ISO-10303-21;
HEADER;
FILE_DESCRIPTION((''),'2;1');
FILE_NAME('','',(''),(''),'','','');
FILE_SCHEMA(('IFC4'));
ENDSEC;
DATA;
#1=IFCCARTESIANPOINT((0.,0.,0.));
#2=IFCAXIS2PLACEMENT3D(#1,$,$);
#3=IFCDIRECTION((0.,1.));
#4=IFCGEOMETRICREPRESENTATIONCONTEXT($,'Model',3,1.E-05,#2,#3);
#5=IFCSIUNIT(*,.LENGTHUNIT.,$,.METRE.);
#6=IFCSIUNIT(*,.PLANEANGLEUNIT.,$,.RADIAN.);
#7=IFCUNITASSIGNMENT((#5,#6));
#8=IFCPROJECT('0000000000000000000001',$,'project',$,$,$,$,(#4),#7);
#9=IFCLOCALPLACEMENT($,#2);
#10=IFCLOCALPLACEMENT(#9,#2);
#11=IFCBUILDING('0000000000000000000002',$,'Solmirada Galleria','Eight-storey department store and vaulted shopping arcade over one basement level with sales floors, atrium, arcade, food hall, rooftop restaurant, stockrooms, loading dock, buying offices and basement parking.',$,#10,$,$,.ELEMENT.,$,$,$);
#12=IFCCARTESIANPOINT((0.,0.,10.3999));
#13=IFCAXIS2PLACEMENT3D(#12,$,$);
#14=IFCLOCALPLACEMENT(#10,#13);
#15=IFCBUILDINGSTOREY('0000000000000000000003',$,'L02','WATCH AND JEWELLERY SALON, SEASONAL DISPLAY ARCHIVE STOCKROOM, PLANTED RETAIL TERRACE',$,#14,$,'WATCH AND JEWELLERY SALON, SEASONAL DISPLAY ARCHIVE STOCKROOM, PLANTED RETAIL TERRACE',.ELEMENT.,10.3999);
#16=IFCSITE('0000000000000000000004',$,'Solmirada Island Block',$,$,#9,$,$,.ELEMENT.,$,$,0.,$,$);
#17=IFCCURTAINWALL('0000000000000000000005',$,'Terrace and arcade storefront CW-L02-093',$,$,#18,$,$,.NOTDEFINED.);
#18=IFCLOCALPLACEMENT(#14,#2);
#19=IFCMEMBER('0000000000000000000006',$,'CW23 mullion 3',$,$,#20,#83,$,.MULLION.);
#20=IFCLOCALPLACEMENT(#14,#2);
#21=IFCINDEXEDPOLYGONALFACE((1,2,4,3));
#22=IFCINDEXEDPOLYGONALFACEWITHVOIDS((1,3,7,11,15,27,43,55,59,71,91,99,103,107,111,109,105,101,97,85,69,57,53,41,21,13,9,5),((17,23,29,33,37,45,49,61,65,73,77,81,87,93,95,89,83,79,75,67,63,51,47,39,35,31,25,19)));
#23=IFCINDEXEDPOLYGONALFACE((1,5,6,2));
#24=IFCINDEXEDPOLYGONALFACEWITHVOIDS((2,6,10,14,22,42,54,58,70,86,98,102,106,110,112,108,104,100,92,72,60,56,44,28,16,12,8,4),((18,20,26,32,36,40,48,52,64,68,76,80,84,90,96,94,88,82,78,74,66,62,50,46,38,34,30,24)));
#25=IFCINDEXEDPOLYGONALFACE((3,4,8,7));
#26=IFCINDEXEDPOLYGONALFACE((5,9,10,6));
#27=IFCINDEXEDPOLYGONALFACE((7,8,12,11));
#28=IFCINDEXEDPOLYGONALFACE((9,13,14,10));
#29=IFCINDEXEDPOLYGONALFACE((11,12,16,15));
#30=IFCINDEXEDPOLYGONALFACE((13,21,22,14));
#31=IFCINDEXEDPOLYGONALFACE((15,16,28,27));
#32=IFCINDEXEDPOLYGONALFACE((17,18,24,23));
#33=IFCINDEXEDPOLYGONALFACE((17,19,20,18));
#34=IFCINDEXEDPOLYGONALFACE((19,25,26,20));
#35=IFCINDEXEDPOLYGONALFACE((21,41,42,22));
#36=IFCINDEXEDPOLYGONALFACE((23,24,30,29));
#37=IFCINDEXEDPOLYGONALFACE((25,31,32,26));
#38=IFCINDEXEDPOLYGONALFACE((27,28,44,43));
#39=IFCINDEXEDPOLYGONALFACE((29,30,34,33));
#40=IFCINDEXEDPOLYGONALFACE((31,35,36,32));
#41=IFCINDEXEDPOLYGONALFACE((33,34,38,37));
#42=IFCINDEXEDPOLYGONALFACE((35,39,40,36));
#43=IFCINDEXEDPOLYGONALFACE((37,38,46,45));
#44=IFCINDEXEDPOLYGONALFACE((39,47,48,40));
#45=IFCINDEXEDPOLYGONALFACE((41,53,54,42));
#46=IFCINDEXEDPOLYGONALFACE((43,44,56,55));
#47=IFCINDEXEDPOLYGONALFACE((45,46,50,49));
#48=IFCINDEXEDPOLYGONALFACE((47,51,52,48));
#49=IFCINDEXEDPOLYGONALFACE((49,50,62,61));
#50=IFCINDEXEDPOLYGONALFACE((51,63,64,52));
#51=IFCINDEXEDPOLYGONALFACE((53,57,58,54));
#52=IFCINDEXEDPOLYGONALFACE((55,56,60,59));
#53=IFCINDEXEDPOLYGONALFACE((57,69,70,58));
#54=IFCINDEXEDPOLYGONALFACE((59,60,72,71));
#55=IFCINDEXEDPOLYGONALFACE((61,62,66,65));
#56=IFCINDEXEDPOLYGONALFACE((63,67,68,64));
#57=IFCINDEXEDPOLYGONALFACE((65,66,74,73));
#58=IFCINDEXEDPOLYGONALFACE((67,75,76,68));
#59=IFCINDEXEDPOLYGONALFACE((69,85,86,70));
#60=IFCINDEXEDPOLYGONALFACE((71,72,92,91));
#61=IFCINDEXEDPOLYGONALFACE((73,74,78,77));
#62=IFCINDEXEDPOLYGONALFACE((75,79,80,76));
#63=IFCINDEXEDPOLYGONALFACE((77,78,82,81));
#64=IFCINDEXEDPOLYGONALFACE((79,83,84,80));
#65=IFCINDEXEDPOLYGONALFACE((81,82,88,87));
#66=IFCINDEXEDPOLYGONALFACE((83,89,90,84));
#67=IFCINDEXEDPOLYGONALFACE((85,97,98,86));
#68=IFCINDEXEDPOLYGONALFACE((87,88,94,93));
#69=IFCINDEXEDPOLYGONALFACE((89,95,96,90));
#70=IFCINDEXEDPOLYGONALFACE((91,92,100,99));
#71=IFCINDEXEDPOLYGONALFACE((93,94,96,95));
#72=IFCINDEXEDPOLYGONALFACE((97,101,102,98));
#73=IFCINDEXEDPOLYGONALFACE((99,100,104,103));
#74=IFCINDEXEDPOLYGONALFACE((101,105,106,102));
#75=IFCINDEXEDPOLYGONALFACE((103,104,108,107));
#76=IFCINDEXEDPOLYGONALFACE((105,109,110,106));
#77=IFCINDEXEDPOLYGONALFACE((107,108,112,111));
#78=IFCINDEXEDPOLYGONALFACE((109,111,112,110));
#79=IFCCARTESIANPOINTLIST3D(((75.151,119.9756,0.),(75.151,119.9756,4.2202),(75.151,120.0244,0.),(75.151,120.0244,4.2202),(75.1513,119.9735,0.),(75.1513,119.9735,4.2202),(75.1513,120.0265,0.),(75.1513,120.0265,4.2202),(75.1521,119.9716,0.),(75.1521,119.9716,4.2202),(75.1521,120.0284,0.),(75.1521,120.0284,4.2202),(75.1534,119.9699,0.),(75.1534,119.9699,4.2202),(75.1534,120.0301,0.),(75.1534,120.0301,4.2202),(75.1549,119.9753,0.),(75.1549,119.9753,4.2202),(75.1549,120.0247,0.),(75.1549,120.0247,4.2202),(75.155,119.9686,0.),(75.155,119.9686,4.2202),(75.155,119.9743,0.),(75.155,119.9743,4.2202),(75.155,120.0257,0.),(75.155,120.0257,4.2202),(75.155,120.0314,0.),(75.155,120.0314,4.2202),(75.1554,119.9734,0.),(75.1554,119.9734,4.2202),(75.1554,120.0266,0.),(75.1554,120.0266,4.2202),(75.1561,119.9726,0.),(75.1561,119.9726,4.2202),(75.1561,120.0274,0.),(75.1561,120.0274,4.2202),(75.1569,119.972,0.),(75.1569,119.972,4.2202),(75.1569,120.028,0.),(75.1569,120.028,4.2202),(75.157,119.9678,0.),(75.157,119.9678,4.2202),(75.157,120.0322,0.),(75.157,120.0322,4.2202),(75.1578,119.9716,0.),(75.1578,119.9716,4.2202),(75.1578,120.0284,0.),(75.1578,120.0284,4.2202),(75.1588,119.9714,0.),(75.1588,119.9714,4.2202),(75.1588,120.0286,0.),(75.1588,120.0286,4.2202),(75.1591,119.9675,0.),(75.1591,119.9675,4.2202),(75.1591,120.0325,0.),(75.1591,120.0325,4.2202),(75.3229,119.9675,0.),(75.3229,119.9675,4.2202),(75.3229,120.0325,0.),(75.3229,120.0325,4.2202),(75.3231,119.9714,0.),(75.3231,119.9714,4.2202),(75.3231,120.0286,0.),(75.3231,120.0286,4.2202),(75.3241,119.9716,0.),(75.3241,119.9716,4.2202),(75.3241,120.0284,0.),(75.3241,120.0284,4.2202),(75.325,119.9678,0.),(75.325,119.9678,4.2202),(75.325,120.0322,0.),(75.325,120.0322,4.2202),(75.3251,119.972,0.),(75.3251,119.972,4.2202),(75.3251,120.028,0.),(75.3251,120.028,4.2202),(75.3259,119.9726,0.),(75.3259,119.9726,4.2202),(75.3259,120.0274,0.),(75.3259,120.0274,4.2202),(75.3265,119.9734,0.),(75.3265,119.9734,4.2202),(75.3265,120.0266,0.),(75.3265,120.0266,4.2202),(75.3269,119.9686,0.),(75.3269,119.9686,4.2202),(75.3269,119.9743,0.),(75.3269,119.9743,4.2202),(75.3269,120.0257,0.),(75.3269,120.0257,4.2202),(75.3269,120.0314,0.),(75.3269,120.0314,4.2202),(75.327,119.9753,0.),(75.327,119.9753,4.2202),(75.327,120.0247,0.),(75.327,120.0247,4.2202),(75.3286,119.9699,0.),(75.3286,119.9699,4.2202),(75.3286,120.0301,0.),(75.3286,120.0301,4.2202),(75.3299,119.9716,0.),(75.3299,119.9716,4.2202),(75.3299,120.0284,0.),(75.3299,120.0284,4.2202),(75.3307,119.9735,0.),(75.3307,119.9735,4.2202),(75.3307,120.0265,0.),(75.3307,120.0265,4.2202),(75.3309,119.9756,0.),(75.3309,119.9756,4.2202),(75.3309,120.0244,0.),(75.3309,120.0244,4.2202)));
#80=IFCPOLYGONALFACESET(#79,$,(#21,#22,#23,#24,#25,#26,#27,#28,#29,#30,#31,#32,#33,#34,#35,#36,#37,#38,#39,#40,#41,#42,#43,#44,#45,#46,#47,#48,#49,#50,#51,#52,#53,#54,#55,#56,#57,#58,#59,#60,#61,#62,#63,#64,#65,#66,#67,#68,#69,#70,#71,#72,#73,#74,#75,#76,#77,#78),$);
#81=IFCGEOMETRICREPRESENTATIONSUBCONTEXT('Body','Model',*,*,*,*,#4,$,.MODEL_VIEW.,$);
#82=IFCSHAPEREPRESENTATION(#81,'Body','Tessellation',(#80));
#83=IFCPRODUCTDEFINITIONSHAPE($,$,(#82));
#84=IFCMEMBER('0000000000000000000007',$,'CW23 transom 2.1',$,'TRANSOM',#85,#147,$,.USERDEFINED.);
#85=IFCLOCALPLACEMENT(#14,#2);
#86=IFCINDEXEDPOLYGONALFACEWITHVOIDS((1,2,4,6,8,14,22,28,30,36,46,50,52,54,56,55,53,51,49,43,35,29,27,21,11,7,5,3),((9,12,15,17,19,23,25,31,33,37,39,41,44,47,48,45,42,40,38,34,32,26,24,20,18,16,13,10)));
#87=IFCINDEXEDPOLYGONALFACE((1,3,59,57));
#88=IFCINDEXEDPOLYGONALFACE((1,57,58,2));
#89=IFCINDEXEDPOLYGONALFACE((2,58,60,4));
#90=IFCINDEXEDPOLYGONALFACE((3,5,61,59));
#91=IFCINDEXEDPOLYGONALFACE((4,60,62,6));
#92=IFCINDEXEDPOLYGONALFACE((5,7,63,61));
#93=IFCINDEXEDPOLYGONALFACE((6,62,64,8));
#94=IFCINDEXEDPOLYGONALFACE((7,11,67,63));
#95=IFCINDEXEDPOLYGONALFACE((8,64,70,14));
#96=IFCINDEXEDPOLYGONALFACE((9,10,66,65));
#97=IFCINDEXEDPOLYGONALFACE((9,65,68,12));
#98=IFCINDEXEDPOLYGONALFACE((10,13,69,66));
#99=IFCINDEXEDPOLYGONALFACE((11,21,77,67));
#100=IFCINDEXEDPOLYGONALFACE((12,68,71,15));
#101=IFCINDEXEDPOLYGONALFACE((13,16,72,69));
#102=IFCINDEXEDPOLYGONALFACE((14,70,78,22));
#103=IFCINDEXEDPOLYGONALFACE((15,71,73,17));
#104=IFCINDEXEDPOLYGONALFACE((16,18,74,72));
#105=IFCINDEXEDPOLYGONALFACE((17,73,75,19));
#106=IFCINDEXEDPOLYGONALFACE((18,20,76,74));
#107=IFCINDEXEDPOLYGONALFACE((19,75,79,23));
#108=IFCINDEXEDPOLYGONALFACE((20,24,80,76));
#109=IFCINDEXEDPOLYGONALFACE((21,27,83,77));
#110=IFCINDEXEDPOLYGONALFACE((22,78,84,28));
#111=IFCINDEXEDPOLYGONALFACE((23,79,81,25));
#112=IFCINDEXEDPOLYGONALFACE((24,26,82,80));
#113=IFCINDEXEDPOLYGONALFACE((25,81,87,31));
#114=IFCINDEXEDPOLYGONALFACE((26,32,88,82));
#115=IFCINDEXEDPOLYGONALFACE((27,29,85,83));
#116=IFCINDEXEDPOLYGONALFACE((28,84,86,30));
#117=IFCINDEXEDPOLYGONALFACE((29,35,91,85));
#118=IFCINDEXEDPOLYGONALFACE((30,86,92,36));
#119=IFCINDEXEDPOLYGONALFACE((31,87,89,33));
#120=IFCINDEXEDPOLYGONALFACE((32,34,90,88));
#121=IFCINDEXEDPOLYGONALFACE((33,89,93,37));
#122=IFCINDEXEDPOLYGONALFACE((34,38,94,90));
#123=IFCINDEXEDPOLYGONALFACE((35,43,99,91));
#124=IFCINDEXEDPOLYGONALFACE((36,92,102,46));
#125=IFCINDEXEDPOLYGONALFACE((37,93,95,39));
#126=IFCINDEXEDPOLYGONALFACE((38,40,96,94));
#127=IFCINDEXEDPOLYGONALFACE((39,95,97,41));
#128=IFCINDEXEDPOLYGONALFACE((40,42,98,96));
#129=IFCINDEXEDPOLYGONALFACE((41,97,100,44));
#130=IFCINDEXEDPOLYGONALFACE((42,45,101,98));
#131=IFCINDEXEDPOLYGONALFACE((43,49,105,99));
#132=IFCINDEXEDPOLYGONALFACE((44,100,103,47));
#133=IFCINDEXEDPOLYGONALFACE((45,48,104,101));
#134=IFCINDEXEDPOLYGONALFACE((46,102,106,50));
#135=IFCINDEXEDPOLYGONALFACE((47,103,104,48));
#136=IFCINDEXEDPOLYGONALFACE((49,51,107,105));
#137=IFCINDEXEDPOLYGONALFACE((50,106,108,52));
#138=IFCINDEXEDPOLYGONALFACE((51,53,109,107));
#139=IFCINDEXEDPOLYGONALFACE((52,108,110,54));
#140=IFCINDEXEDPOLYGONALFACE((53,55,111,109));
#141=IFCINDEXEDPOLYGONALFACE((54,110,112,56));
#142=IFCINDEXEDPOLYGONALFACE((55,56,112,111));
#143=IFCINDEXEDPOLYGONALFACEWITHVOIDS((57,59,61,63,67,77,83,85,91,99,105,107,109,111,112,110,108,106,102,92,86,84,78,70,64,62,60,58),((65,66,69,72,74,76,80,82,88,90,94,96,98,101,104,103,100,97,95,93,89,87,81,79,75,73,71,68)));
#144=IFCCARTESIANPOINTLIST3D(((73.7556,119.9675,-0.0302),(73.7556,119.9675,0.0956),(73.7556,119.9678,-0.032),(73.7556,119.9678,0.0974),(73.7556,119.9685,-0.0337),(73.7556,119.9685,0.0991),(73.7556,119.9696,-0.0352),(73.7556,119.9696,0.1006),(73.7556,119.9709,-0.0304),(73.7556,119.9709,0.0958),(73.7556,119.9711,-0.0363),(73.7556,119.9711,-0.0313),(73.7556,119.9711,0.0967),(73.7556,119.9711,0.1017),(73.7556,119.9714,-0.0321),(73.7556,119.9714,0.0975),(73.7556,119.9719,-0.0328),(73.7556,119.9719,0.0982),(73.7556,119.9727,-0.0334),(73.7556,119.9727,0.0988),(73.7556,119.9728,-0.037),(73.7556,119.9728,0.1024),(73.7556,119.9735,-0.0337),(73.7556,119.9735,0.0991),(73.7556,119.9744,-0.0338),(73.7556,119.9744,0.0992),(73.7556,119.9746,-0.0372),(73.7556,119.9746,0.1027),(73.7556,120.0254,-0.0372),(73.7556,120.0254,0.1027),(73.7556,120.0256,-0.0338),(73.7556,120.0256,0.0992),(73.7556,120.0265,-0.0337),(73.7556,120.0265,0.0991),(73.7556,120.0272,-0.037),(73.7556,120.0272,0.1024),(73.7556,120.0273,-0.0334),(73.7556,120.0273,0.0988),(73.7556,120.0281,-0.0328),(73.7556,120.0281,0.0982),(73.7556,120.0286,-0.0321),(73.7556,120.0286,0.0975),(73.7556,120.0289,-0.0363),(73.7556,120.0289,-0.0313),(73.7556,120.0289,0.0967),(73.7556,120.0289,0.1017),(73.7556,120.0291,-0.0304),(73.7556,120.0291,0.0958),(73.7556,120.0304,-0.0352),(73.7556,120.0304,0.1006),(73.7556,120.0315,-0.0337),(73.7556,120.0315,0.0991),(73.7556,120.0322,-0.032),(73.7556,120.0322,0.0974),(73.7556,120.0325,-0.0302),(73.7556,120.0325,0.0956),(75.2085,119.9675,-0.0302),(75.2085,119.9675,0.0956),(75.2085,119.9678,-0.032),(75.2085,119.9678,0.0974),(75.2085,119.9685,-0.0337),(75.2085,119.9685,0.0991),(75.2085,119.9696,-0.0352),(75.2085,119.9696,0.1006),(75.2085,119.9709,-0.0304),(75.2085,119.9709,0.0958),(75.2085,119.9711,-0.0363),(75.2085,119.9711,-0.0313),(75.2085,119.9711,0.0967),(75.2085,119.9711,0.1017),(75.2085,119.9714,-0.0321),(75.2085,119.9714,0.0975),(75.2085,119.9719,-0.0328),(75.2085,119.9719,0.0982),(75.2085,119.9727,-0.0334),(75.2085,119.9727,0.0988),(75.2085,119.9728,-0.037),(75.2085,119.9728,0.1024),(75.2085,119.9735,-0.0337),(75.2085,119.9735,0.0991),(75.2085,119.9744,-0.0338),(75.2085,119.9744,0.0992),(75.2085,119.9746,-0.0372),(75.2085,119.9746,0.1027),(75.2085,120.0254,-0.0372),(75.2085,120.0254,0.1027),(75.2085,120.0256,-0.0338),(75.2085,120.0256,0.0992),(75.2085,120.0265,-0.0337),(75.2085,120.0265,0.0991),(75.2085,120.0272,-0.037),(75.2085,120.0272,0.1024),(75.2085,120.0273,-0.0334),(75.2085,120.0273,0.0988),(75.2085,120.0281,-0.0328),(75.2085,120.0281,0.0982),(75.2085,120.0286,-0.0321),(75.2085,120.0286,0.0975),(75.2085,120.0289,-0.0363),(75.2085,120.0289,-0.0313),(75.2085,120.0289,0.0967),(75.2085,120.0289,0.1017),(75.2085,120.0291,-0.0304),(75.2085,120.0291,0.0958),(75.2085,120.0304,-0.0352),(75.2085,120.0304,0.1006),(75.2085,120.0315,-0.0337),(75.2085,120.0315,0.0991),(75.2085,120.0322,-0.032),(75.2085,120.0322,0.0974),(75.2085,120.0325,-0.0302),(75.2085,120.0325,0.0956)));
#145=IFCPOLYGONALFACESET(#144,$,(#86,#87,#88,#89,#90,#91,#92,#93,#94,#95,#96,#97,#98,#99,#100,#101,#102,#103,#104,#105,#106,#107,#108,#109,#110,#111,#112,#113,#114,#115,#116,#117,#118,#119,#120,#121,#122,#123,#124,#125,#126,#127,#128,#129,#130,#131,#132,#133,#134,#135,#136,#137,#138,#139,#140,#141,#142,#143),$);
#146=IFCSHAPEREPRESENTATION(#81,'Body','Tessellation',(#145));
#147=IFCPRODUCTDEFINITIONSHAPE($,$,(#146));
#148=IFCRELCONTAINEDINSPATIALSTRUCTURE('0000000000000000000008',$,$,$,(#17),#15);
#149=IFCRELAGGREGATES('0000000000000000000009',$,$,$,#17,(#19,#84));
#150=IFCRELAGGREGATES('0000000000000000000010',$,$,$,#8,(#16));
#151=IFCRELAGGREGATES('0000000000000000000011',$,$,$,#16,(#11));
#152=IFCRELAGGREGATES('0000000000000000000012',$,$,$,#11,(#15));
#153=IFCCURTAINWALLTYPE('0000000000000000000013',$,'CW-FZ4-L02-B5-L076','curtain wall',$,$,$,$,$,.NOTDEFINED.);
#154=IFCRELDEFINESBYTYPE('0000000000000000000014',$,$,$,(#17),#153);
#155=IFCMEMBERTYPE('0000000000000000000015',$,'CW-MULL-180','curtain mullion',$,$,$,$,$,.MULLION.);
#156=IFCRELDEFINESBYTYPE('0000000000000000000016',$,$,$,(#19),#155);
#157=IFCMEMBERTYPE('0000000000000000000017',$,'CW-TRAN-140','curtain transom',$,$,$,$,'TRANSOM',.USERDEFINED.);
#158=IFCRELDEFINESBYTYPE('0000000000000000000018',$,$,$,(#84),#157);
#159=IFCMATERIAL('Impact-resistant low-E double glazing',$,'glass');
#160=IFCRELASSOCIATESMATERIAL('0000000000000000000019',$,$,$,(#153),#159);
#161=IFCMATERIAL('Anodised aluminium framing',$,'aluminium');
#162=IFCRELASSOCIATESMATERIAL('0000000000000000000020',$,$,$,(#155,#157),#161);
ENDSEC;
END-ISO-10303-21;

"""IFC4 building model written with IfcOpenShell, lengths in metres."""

from ifc_helpers import new_model, si_unit, direction, frame, origin, origin_2d, place, context, subcontext, project, spatial, hollow_rectangle, extrude, material, material_profile, profile_set, type_object, element, aggregate, save


model = new_model("IFC4")

# Units and contexts
model_context = context("Model", 3, precision=1e-05, world=origin(), true_north=direction((0.0, 1.0)))
body_context = subcontext(model_context, "Body", "Model", "MODEL_VIEW")
ifc_project = project(units=[si_unit("LENGTHUNIT", "METRE"), si_unit("PLANEANGLEUNIT", "RADIAN")], contexts=[model_context])

# Site, building, storey
site_placement = place(None, origin())
site = spatial("IfcSite", under=ifc_project, at=site_placement, Name="Solmirada Island Block", CompositionType="ELEMENT", RefElevation=0.0)
building_placement = place(site_placement, origin())
building = spatial("IfcBuilding", under=site, at=building_placement, Name="Solmirada Galleria", Description="Eight-storey department store and vaulted shopping arcade over one basement level with sales floors, atrium, arcade, food hall, rooftop restaurant, stockrooms, loading dock, buying offices and basement parking.", CompositionType="ELEMENT")
storey_placement = place(building_placement, frame((0.0, 0.0, 10.3999)))
storey = spatial("IfcBuildingStorey", under=building, at=storey_placement, Name="L02", Description="WATCH AND JEWELLERY SALON, SEASONAL DISPLAY ARCHIVE STOCKROOM, PLANTED RETAIL TERRACE", LongName="WATCH AND JEWELLERY SALON, SEASONAL DISPLAY ARCHIVE STOCKROOM, PLANTED RETAIL TERRACE", CompositionType="ELEMENT", Elevation=10.3999)

# Curtain wall, members
ifc_material_1 = material(Name="Impact-resistant low-E double glazing", Category="glass")
curtain_wall_type = type_object("IfcCurtainWallType", Name="CW-FZ4-L02-B5-L076", Description="curtain wall", PredefinedType="NOTDEFINED", material=ifc_material_1)
curtain_wall_placement = place(storey_placement, origin())
curtain_wall = element("IfcCurtainWall", 1, at=curtain_wall_placement, inside=storey, type_object=curtain_wall_type, Name="Terrace and arcade storefront CW-L02-093", PredefinedType="NOTDEFINED")
ifc_material_2 = material(Name="Anodised aluminium framing", Category="aluminium")
ifc_material_profile_1 = material_profile(ifc_material_2, hollow_rectangle(XDim=0.0649, YDim=0.1799, WallThickness=0.0039, InnerFilletRadius=0.0039, OuterFilletRadius=0.0081, at=origin_2d()), Name="ALU-MULL-180X65")
ifc_profile_set_1 = profile_set([ifc_material_profile_1], Name="Anodised aluminium framing")
member_type_1 = type_object("IfcMemberType", Name="CW-MULL-180", Description="curtain mullion", PredefinedType="MULLION", material=ifc_profile_set_1)
member_1_placement = place(storey_placement, frame((75.241, 120.0, 0.0), z_axis=(0.0, 0.0, 1.0), x_axis=(0.0, 1.0, 0.0)))
member_1 = element("IfcMember", 2, at=member_1_placement, type_object=member_type_1, Name="CW23 mullion 3", PredefinedType="MULLION", context=body_context, shape_type="SweptSolid", body=[
    extrude(hollow_rectangle(XDim=0.0649, YDim=0.1799, WallThickness=0.0039, InnerFilletRadius=0.0039, OuterFilletRadius=0.0081, at=origin_2d()), origin(), (0.0, 0.0, 1.0), 4.2202),
])
ifc_material_profile_2 = material_profile(ifc_material_2, hollow_rectangle(XDim=0.0649, YDim=0.1399, WallThickness=0.0034, InnerFilletRadius=0.0034, OuterFilletRadius=0.0071, at=origin_2d()), Name="ALU-TRAN-140X65")
ifc_profile_set_2 = profile_set([ifc_material_profile_2], Name="Anodised aluminium framing")
member_type_2 = type_object("IfcMemberType", Name="CW-TRAN-140", Description="curtain transom", ElementType="TRANSOM", PredefinedType="USERDEFINED", material=ifc_profile_set_2)
member_2_placement = place(storey_placement, frame((73.7556, 120.0, 0.0327), z_axis=(1.0, 0.0, 0.0), x_axis=(0.0, 1.0, 0.0)))
member_2 = element("IfcMember", 3, at=member_2_placement, type_object=member_type_2, Name="CW23 transom 2.1", ObjectType="TRANSOM", PredefinedType="USERDEFINED", context=body_context, shape_type="SweptSolid", body=[
    extrude(hollow_rectangle(XDim=0.0649, YDim=0.1399, WallThickness=0.0034, InnerFilletRadius=0.0034, OuterFilletRadius=0.0071, at=origin_2d()), origin(), (0.0, 0.0, 1.0), 1.4529),
])
aggregate(curtain_wall, [member_1, member_2])

save(model, "model.ifc")
